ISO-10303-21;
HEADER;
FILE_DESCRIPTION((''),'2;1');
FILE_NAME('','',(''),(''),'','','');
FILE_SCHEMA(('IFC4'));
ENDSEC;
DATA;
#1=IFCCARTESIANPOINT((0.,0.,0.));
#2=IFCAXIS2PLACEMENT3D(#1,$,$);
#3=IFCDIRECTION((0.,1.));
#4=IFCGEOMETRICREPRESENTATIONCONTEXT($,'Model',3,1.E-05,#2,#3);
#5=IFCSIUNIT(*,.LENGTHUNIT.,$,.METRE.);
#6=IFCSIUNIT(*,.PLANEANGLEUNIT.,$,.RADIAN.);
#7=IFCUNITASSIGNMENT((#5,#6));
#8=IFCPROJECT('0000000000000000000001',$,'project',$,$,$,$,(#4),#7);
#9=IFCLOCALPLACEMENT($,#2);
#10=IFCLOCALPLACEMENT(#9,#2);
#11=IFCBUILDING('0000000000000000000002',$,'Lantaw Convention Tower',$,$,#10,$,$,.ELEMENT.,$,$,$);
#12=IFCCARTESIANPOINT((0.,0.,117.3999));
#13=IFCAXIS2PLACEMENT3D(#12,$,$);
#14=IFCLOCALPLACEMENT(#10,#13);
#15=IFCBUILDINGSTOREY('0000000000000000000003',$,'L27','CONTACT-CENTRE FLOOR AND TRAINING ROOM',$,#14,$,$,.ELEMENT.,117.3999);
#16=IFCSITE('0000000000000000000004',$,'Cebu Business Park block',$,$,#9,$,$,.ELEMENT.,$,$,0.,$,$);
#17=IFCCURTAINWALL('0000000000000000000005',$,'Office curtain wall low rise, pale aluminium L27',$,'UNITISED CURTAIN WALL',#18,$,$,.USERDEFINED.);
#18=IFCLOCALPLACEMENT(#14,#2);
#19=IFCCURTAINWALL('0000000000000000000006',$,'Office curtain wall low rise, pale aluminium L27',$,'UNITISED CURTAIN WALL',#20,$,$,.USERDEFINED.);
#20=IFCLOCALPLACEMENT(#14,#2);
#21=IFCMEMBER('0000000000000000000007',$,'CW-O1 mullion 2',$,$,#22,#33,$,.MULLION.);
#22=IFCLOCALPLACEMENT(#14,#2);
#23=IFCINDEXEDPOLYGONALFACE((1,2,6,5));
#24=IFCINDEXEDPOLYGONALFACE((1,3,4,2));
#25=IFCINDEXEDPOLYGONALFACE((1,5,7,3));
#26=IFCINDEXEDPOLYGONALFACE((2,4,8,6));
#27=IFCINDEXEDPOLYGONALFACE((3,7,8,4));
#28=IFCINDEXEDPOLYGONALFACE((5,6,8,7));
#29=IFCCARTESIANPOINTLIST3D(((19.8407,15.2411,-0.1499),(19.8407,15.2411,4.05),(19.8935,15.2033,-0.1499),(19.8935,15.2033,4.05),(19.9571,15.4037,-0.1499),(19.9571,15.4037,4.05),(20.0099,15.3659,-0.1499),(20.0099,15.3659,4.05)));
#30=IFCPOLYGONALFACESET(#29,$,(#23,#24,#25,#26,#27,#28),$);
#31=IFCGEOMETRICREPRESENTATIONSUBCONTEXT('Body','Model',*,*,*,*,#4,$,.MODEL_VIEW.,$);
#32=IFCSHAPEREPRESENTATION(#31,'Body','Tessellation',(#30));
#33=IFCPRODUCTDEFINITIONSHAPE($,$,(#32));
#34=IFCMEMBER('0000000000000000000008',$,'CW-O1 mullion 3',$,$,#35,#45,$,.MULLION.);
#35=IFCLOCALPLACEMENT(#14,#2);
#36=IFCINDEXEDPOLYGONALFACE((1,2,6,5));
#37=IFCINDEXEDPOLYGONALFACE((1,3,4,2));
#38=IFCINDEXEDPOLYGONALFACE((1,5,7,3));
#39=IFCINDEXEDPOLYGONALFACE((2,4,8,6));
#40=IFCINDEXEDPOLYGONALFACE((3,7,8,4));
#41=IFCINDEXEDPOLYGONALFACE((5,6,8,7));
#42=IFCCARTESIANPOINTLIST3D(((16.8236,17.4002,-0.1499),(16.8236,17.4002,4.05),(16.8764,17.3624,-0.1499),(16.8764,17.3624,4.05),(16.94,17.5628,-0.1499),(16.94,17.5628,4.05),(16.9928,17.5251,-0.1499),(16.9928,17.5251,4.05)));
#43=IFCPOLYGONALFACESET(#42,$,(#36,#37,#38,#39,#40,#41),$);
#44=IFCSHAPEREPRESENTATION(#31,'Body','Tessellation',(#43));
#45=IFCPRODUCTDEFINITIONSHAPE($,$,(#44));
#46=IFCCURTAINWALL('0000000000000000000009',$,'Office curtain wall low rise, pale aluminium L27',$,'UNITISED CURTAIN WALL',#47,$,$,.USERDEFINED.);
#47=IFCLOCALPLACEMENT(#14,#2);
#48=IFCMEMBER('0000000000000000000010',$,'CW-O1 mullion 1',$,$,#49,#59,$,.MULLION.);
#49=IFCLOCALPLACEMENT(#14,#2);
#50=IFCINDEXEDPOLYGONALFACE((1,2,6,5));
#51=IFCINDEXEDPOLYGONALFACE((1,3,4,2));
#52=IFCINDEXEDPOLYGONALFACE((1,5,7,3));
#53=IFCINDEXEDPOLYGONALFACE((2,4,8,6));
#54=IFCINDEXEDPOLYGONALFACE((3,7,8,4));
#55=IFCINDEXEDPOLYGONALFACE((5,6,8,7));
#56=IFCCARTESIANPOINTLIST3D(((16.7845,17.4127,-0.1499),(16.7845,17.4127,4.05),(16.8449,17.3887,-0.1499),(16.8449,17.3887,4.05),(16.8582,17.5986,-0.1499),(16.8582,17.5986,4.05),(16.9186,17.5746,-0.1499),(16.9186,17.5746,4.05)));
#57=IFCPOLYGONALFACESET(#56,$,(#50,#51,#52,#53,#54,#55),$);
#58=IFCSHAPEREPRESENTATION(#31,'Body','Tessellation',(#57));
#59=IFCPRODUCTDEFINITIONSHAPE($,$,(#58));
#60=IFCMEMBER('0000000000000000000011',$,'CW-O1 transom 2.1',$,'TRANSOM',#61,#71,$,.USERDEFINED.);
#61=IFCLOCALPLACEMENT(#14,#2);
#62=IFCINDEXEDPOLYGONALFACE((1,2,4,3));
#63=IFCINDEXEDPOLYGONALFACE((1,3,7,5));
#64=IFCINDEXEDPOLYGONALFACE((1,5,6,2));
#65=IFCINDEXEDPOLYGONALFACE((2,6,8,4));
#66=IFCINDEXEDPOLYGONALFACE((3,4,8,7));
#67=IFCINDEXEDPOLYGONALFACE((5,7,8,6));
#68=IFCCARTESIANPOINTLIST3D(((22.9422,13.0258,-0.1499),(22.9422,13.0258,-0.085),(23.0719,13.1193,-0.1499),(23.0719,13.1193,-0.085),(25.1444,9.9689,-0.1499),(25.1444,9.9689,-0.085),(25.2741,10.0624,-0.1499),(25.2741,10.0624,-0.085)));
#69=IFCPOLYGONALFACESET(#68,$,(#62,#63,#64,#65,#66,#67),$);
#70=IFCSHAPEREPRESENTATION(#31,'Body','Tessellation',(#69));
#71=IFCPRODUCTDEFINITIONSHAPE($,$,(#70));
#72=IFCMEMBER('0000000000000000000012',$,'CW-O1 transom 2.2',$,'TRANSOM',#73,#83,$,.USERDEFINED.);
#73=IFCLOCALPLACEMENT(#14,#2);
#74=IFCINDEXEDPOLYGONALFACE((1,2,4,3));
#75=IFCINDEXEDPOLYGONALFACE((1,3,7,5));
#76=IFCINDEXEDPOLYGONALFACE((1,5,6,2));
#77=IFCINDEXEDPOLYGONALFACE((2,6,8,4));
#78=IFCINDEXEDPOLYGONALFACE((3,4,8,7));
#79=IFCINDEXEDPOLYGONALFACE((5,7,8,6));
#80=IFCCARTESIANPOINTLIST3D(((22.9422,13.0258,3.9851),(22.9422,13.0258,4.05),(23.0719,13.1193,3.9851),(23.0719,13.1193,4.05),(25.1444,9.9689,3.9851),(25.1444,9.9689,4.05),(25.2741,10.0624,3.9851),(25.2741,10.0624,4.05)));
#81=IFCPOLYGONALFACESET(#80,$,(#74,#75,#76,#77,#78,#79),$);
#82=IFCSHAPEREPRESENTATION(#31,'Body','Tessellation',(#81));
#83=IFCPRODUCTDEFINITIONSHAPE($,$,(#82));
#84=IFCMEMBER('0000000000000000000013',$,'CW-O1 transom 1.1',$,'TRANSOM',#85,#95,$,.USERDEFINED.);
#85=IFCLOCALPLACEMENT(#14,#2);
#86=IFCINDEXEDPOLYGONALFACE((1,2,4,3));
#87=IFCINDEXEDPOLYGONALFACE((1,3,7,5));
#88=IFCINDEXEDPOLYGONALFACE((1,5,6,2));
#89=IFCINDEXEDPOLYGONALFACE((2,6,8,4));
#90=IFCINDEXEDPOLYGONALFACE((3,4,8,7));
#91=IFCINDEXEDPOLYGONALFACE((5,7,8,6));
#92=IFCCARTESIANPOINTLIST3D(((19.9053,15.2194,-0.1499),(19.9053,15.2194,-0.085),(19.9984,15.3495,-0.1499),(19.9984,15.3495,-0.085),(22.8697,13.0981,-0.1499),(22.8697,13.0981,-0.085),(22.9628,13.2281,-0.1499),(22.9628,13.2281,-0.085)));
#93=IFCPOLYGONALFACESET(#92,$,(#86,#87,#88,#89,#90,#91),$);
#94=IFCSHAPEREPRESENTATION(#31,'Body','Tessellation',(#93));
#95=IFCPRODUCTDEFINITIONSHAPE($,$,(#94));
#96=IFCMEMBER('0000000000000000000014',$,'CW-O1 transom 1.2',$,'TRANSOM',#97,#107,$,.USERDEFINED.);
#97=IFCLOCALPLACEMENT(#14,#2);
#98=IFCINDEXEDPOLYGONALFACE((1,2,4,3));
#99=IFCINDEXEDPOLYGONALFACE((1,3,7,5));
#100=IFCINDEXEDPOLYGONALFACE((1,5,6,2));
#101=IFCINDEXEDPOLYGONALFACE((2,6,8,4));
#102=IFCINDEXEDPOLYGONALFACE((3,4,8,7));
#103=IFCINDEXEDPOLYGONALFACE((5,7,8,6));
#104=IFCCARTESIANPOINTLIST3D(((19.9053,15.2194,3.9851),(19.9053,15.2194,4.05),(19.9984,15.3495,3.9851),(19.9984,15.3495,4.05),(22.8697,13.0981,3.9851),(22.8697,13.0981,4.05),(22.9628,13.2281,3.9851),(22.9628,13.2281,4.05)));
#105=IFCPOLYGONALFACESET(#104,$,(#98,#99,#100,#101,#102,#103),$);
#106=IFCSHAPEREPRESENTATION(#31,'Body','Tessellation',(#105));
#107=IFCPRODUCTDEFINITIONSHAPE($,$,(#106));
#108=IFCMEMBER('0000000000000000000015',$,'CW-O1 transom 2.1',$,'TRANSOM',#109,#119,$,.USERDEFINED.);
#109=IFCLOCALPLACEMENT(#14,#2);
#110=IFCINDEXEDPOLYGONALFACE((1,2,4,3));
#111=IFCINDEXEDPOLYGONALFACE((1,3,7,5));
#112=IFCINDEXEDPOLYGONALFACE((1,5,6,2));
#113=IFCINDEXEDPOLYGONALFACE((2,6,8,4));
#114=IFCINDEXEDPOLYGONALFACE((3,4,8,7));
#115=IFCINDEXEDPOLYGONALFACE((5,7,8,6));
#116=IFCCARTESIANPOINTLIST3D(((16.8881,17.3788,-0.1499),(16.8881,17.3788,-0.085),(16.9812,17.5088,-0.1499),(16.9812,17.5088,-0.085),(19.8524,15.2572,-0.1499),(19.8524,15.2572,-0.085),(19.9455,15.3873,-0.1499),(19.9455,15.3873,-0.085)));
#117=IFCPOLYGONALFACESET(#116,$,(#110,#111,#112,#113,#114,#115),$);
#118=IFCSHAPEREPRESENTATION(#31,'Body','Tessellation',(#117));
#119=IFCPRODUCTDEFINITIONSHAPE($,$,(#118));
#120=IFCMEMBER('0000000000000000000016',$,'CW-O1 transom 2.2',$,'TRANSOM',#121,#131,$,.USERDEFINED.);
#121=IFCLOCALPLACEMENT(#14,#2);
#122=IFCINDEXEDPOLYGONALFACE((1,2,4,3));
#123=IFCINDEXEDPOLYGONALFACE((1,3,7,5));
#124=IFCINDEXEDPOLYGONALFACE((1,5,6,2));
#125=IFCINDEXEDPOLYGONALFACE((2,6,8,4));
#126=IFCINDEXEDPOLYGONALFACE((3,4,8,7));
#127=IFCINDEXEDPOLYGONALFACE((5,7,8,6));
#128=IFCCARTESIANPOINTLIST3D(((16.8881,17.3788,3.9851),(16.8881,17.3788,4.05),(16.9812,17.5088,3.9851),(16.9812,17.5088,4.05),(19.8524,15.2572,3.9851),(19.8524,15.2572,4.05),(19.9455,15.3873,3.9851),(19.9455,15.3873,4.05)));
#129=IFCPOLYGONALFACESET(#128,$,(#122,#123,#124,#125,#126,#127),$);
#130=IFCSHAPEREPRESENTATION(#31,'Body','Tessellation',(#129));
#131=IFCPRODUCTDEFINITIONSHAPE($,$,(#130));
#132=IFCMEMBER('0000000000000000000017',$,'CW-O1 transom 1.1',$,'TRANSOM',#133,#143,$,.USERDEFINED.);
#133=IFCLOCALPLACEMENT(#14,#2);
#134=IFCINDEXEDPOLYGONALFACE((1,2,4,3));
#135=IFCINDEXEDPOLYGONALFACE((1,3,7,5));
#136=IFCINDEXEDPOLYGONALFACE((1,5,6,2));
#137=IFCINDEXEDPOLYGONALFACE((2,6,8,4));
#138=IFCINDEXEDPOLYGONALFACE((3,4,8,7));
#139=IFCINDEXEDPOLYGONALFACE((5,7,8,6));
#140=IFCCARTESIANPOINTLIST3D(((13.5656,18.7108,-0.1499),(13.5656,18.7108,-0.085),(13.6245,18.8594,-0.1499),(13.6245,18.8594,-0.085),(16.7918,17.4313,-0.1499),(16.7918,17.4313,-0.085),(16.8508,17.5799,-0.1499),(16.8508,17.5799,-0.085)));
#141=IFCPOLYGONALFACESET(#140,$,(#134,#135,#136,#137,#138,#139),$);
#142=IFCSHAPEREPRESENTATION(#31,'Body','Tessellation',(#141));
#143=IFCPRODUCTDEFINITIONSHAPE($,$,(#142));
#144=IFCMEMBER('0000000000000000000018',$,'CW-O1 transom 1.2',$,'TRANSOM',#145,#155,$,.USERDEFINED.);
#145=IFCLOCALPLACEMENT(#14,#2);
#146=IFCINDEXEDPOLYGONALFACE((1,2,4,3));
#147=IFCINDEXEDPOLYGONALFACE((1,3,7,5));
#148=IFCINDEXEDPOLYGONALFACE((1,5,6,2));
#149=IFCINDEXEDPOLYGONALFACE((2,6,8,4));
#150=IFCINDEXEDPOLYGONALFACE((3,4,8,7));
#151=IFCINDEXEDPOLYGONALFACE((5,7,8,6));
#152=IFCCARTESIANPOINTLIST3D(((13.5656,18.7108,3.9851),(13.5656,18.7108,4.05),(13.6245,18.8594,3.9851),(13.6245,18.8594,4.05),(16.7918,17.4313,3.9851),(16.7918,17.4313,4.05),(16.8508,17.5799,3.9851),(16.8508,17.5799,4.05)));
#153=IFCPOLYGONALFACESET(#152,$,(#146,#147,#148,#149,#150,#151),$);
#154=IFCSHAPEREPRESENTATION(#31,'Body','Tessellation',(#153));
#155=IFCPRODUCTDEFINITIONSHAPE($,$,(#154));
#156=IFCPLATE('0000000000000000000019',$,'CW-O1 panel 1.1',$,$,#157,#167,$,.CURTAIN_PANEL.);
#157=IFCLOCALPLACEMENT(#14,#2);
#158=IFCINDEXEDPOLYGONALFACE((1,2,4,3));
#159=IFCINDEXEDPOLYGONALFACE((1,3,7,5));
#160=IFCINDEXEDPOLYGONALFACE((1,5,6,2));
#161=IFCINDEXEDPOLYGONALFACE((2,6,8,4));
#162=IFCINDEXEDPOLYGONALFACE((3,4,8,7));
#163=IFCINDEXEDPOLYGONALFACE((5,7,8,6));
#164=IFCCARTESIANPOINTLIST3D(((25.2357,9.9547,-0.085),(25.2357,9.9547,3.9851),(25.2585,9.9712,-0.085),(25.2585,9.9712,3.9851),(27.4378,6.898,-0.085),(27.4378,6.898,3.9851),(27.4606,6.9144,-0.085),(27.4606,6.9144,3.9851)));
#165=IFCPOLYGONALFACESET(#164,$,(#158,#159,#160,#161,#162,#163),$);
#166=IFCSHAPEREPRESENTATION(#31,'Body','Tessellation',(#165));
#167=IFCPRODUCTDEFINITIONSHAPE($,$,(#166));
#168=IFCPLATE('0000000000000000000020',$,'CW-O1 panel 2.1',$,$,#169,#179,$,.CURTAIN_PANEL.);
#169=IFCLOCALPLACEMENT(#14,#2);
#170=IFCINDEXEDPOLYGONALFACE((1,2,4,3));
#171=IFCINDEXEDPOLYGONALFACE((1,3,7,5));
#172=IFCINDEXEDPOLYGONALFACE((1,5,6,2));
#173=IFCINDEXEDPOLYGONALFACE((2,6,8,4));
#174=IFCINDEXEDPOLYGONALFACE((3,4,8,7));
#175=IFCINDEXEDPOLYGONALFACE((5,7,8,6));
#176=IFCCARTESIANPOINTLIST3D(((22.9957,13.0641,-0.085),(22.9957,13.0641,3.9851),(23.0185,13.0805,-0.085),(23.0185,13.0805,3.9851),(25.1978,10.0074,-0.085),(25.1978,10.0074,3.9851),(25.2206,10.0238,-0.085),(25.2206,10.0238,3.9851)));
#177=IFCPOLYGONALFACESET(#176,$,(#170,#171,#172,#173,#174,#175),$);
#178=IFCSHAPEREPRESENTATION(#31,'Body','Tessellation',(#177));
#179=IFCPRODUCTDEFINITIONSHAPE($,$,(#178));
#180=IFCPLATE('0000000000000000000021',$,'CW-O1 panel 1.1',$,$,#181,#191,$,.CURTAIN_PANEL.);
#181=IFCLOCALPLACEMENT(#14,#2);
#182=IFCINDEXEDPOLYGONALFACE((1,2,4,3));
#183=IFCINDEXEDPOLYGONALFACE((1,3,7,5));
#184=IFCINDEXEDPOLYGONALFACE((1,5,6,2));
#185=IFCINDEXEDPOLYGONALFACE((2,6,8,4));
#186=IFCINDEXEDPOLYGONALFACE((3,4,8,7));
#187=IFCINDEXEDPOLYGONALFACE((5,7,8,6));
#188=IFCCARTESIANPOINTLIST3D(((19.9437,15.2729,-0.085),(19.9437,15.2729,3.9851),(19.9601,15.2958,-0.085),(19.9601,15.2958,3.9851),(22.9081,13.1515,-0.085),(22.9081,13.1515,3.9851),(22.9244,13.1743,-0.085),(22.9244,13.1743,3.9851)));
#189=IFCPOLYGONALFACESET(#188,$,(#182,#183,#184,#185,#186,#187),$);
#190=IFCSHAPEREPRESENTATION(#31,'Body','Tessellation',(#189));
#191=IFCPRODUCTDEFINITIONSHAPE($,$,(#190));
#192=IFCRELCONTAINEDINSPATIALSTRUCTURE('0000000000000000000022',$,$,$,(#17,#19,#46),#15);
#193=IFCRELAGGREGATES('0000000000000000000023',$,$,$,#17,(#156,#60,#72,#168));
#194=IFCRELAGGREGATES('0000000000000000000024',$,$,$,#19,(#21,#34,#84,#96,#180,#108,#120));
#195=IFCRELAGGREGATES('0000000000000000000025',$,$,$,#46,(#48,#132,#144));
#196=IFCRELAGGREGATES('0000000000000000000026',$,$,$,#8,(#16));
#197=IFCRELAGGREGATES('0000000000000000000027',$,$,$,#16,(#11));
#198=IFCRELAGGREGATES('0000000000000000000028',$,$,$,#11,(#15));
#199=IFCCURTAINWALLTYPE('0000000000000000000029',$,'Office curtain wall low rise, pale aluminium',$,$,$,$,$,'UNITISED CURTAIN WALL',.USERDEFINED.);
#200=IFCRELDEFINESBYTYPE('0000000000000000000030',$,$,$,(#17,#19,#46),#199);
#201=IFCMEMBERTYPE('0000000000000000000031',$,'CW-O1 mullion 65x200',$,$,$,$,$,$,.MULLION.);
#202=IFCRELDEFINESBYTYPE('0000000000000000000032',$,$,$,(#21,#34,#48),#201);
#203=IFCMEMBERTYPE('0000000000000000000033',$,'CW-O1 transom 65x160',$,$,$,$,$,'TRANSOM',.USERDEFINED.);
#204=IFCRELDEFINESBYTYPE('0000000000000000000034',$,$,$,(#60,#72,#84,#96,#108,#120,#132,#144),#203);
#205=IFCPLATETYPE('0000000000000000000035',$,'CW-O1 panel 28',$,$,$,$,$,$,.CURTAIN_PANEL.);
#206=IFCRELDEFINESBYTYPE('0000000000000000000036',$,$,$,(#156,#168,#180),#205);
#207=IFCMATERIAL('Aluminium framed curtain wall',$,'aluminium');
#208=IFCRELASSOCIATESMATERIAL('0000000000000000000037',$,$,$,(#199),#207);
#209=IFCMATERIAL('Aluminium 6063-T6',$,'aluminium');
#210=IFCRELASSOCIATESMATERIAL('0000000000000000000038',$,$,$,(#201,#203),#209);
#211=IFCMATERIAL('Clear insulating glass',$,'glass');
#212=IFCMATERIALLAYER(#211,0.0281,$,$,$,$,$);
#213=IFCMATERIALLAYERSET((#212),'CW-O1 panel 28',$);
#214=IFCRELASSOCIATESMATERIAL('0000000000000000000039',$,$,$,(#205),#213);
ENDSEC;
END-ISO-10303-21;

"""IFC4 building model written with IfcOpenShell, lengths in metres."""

from ifc_helpers import new_model, si_unit, direction, frame, origin, origin_2d, place, context, subcontext, project, spatial, rectangle, extrude, material, layer, layer_set, material_profile, profile_set, type_object, element, aggregate, save


model = new_model("IFC4")

# Units and contexts
model_context = context("Model", 3, precision=1e-05, world=origin(), true_north=direction((0.0, 1.0)))
body_context = subcontext(model_context, "Body", "Model", "MODEL_VIEW")
ifc_project = project(units=[si_unit("LENGTHUNIT", "METRE"), si_unit("PLANEANGLEUNIT", "RADIAN")], contexts=[model_context])

# Site, building, storey
site_placement = place(None, origin())
site = spatial("IfcSite", under=ifc_project, at=site_placement, Name="Cebu Business Park block", CompositionType="ELEMENT", RefElevation=0.0)
building_placement = place(site_placement, origin())
building = spatial("IfcBuilding", under=site, at=building_placement, Name="Lantaw Convention Tower", CompositionType="ELEMENT")
storey_placement = place(building_placement, frame((0.0, 0.0, 117.3999)))
storey = spatial("IfcBuildingStorey", under=building, at=storey_placement, Name="L27", Description="CONTACT-CENTRE FLOOR AND TRAINING ROOM", CompositionType="ELEMENT", Elevation=117.3999)

# Curtain walls, members
ifc_material_1 = material(Name="Aluminium framed curtain wall", Category="aluminium")
curtain_wall_type = type_object("IfcCurtainWallType", Name="Office curtain wall low rise, pale aluminium", ElementType="UNITISED CURTAIN WALL", PredefinedType="USERDEFINED", material=ifc_material_1)
curtain_wall_1_placement = place(storey_placement, origin())
curtain_wall_1 = element("IfcCurtainWall", 1, at=curtain_wall_1_placement, inside=storey, type_object=curtain_wall_type, Name="Office curtain wall low rise, pale aluminium L27", ObjectType="UNITISED CURTAIN WALL", PredefinedType="USERDEFINED")
ifc_material_2 = material(Name="Aluminium 6063-T6", Category="aluminium")
ifc_material_profile_1 = material_profile(ifc_material_2, rectangle(XDim=0.2, YDim=0.0649, at=origin_2d()), Name="CW-O1 mullion 65x200")
ifc_profile_set_1 = profile_set([ifc_material_profile_1], Name="Aluminium 6063-T6")
member_type_1 = type_object("IfcMemberType", Name="CW-O1 mullion 65x200", PredefinedType="MULLION", material=ifc_profile_set_1)
curtain_wall_2_placement = place(storey_placement, origin())
curtain_wall_2 = element("IfcCurtainWall", 2, at=curtain_wall_2_placement, inside=storey, type_object=curtain_wall_type, Name="Office curtain wall low rise, pale aluminium L27", ObjectType="UNITISED CURTAIN WALL", PredefinedType="USERDEFINED")
member_1_placement = place(storey_placement, frame((19.9253, 15.3035, -0.1499), z_axis=(0.0, 0.0, 1.0), x_axis=(-0.581973, -0.813208, 0.0)))
member_1 = element("IfcMember", 3, at=member_1_placement, type_object=member_type_1, Name="CW-O1 mullion 2", PredefinedType="MULLION", context=body_context, shape_type="SweptSolid", body=[
    extrude(rectangle(XDim=0.2, YDim=0.0649, at=origin_2d()), origin(), (0.0, 0.0, 1.0), 4.2),
])
member_2_placement = place(storey_placement, frame((16.9082, 17.4626, -0.1499), z_axis=(0.0, 0.0, 1.0), x_axis=(-0.581973, -0.813208, 0.0)))
member_2 = element("IfcMember", 4, at=member_2_placement, type_object=member_type_1, Name="CW-O1 mullion 3", PredefinedType="MULLION", context=body_context, shape_type="SweptSolid", body=[
    extrude(rectangle(XDim=0.2, YDim=0.0649, at=origin_2d()), origin(), (0.0, 0.0, 1.0), 4.2),
])

# Curtain wall, member
curtain_wall_3_placement = place(storey_placement, origin())
curtain_wall_3 = element("IfcCurtainWall", 5, at=curtain_wall_3_placement, inside=storey, type_object=curtain_wall_type, Name="Office curtain wall low rise, pale aluminium L27", ObjectType="UNITISED CURTAIN WALL", PredefinedType="USERDEFINED")
member_3_placement = place(storey_placement, frame((16.8516, 17.4937, -0.1499), z_axis=(0.0, 0.0, 1.0), x_axis=(-0.368702, -0.929548, 0.0)))
member_3 = element("IfcMember", 6, at=member_3_placement, type_object=member_type_1, Name="CW-O1 mullion 1", PredefinedType="MULLION", context=body_context, shape_type="SweptSolid", body=[
    extrude(rectangle(XDim=0.2, YDim=0.0649, at=origin_2d()), origin(), (0.0, 0.0, 1.0), 4.2),
])

# Members
ifc_material_profile_2 = material_profile(ifc_material_2, rectangle(XDim=0.1599, YDim=0.0649, at=origin_2d()), Name="CW-O1 transom 65x160")
ifc_profile_set_2 = profile_set([ifc_material_profile_2], Name="Aluminium 6063-T6")
member_type_2 = type_object("IfcMemberType", Name="CW-O1 transom 65x160", ElementType="TRANSOM", PredefinedType="USERDEFINED", material=ifc_profile_set_2)
member_4_placement = place(storey_placement, frame((25.2092, 10.0156, -0.1174), z_axis=(-0.584513, 0.811384, 0.0), x_axis=(-0.811384, -0.584513, 0.0)))
member_4 = element("IfcMember", 7, at=member_4_placement, type_object=member_type_2, Name="CW-O1 transom 2.1", ObjectType="TRANSOM", PredefinedType="USERDEFINED", context=body_context, shape_type="SweptSolid", body=[
    extrude(rectangle(XDim=0.1599, YDim=0.0649, at=origin_2d()), origin(), (0.0, 0.0, 1.0), 3.7676),
])
member_5_placement = place(storey_placement, frame((25.2092, 10.0156, 4.0176), z_axis=(-0.584513, 0.811384, 0.0), x_axis=(-0.811384, -0.584513, 0.0)))
member_5 = element("IfcMember", 8, at=member_5_placement, type_object=member_type_2, Name="CW-O1 transom 2.2", ObjectType="TRANSOM", PredefinedType="USERDEFINED", context=body_context, shape_type="SweptSolid", body=[
    extrude(rectangle(XDim=0.1599, YDim=0.0649, at=origin_2d()), origin(), (0.0, 0.0, 1.0), 3.7676),
])
member_6_placement = place(storey_placement, frame((22.9163, 13.1631, -0.1174), z_axis=(-0.813222, 0.581954, 0.0), x_axis=(-0.581954, -0.813222, 0.0)))
member_6 = element("IfcMember", 9, at=member_6_placement, type_object=member_type_2, Name="CW-O1 transom 1.1", ObjectType="TRANSOM", PredefinedType="USERDEFINED", context=body_context, shape_type="SweptSolid", body=[
    extrude(rectangle(XDim=0.1599, YDim=0.0649, at=origin_2d()), origin(), (0.0, 0.0, 1.0), 3.6453),
])
member_7_placement = place(storey_placement, frame((22.9163, 13.1631, 4.0176), z_axis=(-0.813222, 0.581954, 0.0), x_axis=(-0.581954, -0.813222, 0.0)))
member_7 = element("IfcMember", 10, at=member_7_placement, type_object=member_type_2, Name="CW-O1 transom 1.2", ObjectType="TRANSOM", PredefinedType="USERDEFINED", context=body_context, shape_type="SweptSolid", body=[
    extrude(rectangle(XDim=0.1599, YDim=0.0649, at=origin_2d()), origin(), (0.0, 0.0, 1.0), 3.6453),
])
member_8_placement = place(storey_placement, frame((19.8989, 15.3223, -0.1174), z_axis=(-0.81319, 0.581998, 0.0), x_axis=(-0.581998, -0.81319, 0.0)))
member_8 = element("IfcMember", 11, at=member_8_placement, type_object=member_type_2, Name="CW-O1 transom 2.1", ObjectType="TRANSOM", PredefinedType="USERDEFINED", context=body_context, shape_type="SweptSolid", body=[
    extrude(rectangle(XDim=0.1599, YDim=0.0649, at=origin_2d()), origin(), (0.0, 0.0, 1.0), 3.6453),
])
member_9_placement = place(storey_placement, frame((19.8989, 15.3223, 4.0176), z_axis=(-0.81319, 0.581998, 0.0), x_axis=(-0.581998, -0.81319, 0.0)))
member_9 = element("IfcMember", 12, at=member_9_placement, type_object=member_type_2, Name="CW-O1 transom 2.2", ObjectType="TRANSOM", PredefinedType="USERDEFINED", context=body_context, shape_type="SweptSolid", body=[
    extrude(rectangle(XDim=0.1599, YDim=0.0649, at=origin_2d()), origin(), (0.0, 0.0, 1.0), 3.6453),
])
member_10_placement = place(storey_placement, frame((16.8213, 17.5056, -0.1174), z_axis=(-0.929564, 0.36866, 0.0), x_axis=(-0.36866, -0.929564, 0.0)))
member_10 = element("IfcMember", 13, at=member_10_placement, type_object=member_type_2, Name="CW-O1 transom 1.1", ObjectType="TRANSOM", PredefinedType="USERDEFINED", context=body_context, shape_type="SweptSolid", body=[
    extrude(rectangle(XDim=0.1599, YDim=0.0649, at=origin_2d()), origin(), (0.0, 0.0, 1.0), 3.4707),
])
member_11_placement = place(storey_placement, frame((16.8213, 17.5056, 4.0176), z_axis=(-0.929564, 0.36866, 0.0), x_axis=(-0.36866, -0.929564, 0.0)))
member_11 = element("IfcMember", 14, at=member_11_placement, type_object=member_type_2, Name="CW-O1 transom 1.2", ObjectType="TRANSOM", PredefinedType="USERDEFINED", context=body_context, shape_type="SweptSolid", body=[
    extrude(rectangle(XDim=0.1599, YDim=0.0649, at=origin_2d()), origin(), (0.0, 0.0, 1.0), 3.4707),
])

# Plates
ifc_material_3 = material(Name="Clear insulating glass", Category="glass")
ifc_layer_1 = layer(ifc_material_3, 0.0281)
ifc_layer_set_1 = layer_set([ifc_layer_1], Name="CW-O1 panel 28")
plate_type_1 = type_object("IfcPlateType", Name="CW-O1 panel 28", PredefinedType="CURTAIN_PANEL", material=ifc_layer_set_1)
plate_1_placement = place(storey_placement, frame((26.3481, 8.4346, -0.085), z_axis=(0.0, 0.0, 1.0), x_axis=(-0.584513, 0.811385, 0.0)))
plate_1 = element("IfcPlate", 15, at=plate_1_placement, type_object=plate_type_1, Name="CW-O1 panel 1.1", PredefinedType="CURTAIN_PANEL", context=body_context, shape_type="SweptSolid", body=[
    extrude(rectangle(XDim=3.7673, YDim=0.0281, at=origin_2d()), origin(), (0.0, 0.0, 1.0), 4.0701),
])
plate_2_placement = place(storey_placement, frame((24.1082, 11.5439, -0.085), z_axis=(0.0, 0.0, 1.0), x_axis=(-0.584513, 0.811385, 0.0)))
plate_2 = element("IfcPlate", 16, at=plate_2_placement, type_object=plate_type_1, Name="CW-O1 panel 2.1", PredefinedType="CURTAIN_PANEL", context=body_context, shape_type="SweptSolid", body=[
    extrude(rectangle(XDim=3.7673, YDim=0.0281, at=origin_2d()), origin(), (0.0, 0.0, 1.0), 4.0701),
])
aggregate(curtain_wall_1, [plate_1, member_4, member_5, plate_2])
plate_3_placement = place(storey_placement, frame((21.4341, 14.2236, -0.085), z_axis=(0.0, 0.0, 1.0), x_axis=(-0.813208, 0.581973, 0.0)))
plate_3 = element("IfcPlate", 17, at=plate_3_placement, type_object=plate_type_1, Name="CW-O1 panel 1.1", PredefinedType="CURTAIN_PANEL", context=body_context, shape_type="SweptSolid", body=[
    extrude(rectangle(XDim=3.6453, YDim=0.0281, at=origin_2d()), origin(), (0.0, 0.0, 1.0), 4.0701),
])
aggregate(curtain_wall_2, [member_1, member_2, member_6, member_7, plate_3, member_8, member_9])
aggregate(curtain_wall_3, [member_3, member_10, member_11])

save(model, "model.ifc")
